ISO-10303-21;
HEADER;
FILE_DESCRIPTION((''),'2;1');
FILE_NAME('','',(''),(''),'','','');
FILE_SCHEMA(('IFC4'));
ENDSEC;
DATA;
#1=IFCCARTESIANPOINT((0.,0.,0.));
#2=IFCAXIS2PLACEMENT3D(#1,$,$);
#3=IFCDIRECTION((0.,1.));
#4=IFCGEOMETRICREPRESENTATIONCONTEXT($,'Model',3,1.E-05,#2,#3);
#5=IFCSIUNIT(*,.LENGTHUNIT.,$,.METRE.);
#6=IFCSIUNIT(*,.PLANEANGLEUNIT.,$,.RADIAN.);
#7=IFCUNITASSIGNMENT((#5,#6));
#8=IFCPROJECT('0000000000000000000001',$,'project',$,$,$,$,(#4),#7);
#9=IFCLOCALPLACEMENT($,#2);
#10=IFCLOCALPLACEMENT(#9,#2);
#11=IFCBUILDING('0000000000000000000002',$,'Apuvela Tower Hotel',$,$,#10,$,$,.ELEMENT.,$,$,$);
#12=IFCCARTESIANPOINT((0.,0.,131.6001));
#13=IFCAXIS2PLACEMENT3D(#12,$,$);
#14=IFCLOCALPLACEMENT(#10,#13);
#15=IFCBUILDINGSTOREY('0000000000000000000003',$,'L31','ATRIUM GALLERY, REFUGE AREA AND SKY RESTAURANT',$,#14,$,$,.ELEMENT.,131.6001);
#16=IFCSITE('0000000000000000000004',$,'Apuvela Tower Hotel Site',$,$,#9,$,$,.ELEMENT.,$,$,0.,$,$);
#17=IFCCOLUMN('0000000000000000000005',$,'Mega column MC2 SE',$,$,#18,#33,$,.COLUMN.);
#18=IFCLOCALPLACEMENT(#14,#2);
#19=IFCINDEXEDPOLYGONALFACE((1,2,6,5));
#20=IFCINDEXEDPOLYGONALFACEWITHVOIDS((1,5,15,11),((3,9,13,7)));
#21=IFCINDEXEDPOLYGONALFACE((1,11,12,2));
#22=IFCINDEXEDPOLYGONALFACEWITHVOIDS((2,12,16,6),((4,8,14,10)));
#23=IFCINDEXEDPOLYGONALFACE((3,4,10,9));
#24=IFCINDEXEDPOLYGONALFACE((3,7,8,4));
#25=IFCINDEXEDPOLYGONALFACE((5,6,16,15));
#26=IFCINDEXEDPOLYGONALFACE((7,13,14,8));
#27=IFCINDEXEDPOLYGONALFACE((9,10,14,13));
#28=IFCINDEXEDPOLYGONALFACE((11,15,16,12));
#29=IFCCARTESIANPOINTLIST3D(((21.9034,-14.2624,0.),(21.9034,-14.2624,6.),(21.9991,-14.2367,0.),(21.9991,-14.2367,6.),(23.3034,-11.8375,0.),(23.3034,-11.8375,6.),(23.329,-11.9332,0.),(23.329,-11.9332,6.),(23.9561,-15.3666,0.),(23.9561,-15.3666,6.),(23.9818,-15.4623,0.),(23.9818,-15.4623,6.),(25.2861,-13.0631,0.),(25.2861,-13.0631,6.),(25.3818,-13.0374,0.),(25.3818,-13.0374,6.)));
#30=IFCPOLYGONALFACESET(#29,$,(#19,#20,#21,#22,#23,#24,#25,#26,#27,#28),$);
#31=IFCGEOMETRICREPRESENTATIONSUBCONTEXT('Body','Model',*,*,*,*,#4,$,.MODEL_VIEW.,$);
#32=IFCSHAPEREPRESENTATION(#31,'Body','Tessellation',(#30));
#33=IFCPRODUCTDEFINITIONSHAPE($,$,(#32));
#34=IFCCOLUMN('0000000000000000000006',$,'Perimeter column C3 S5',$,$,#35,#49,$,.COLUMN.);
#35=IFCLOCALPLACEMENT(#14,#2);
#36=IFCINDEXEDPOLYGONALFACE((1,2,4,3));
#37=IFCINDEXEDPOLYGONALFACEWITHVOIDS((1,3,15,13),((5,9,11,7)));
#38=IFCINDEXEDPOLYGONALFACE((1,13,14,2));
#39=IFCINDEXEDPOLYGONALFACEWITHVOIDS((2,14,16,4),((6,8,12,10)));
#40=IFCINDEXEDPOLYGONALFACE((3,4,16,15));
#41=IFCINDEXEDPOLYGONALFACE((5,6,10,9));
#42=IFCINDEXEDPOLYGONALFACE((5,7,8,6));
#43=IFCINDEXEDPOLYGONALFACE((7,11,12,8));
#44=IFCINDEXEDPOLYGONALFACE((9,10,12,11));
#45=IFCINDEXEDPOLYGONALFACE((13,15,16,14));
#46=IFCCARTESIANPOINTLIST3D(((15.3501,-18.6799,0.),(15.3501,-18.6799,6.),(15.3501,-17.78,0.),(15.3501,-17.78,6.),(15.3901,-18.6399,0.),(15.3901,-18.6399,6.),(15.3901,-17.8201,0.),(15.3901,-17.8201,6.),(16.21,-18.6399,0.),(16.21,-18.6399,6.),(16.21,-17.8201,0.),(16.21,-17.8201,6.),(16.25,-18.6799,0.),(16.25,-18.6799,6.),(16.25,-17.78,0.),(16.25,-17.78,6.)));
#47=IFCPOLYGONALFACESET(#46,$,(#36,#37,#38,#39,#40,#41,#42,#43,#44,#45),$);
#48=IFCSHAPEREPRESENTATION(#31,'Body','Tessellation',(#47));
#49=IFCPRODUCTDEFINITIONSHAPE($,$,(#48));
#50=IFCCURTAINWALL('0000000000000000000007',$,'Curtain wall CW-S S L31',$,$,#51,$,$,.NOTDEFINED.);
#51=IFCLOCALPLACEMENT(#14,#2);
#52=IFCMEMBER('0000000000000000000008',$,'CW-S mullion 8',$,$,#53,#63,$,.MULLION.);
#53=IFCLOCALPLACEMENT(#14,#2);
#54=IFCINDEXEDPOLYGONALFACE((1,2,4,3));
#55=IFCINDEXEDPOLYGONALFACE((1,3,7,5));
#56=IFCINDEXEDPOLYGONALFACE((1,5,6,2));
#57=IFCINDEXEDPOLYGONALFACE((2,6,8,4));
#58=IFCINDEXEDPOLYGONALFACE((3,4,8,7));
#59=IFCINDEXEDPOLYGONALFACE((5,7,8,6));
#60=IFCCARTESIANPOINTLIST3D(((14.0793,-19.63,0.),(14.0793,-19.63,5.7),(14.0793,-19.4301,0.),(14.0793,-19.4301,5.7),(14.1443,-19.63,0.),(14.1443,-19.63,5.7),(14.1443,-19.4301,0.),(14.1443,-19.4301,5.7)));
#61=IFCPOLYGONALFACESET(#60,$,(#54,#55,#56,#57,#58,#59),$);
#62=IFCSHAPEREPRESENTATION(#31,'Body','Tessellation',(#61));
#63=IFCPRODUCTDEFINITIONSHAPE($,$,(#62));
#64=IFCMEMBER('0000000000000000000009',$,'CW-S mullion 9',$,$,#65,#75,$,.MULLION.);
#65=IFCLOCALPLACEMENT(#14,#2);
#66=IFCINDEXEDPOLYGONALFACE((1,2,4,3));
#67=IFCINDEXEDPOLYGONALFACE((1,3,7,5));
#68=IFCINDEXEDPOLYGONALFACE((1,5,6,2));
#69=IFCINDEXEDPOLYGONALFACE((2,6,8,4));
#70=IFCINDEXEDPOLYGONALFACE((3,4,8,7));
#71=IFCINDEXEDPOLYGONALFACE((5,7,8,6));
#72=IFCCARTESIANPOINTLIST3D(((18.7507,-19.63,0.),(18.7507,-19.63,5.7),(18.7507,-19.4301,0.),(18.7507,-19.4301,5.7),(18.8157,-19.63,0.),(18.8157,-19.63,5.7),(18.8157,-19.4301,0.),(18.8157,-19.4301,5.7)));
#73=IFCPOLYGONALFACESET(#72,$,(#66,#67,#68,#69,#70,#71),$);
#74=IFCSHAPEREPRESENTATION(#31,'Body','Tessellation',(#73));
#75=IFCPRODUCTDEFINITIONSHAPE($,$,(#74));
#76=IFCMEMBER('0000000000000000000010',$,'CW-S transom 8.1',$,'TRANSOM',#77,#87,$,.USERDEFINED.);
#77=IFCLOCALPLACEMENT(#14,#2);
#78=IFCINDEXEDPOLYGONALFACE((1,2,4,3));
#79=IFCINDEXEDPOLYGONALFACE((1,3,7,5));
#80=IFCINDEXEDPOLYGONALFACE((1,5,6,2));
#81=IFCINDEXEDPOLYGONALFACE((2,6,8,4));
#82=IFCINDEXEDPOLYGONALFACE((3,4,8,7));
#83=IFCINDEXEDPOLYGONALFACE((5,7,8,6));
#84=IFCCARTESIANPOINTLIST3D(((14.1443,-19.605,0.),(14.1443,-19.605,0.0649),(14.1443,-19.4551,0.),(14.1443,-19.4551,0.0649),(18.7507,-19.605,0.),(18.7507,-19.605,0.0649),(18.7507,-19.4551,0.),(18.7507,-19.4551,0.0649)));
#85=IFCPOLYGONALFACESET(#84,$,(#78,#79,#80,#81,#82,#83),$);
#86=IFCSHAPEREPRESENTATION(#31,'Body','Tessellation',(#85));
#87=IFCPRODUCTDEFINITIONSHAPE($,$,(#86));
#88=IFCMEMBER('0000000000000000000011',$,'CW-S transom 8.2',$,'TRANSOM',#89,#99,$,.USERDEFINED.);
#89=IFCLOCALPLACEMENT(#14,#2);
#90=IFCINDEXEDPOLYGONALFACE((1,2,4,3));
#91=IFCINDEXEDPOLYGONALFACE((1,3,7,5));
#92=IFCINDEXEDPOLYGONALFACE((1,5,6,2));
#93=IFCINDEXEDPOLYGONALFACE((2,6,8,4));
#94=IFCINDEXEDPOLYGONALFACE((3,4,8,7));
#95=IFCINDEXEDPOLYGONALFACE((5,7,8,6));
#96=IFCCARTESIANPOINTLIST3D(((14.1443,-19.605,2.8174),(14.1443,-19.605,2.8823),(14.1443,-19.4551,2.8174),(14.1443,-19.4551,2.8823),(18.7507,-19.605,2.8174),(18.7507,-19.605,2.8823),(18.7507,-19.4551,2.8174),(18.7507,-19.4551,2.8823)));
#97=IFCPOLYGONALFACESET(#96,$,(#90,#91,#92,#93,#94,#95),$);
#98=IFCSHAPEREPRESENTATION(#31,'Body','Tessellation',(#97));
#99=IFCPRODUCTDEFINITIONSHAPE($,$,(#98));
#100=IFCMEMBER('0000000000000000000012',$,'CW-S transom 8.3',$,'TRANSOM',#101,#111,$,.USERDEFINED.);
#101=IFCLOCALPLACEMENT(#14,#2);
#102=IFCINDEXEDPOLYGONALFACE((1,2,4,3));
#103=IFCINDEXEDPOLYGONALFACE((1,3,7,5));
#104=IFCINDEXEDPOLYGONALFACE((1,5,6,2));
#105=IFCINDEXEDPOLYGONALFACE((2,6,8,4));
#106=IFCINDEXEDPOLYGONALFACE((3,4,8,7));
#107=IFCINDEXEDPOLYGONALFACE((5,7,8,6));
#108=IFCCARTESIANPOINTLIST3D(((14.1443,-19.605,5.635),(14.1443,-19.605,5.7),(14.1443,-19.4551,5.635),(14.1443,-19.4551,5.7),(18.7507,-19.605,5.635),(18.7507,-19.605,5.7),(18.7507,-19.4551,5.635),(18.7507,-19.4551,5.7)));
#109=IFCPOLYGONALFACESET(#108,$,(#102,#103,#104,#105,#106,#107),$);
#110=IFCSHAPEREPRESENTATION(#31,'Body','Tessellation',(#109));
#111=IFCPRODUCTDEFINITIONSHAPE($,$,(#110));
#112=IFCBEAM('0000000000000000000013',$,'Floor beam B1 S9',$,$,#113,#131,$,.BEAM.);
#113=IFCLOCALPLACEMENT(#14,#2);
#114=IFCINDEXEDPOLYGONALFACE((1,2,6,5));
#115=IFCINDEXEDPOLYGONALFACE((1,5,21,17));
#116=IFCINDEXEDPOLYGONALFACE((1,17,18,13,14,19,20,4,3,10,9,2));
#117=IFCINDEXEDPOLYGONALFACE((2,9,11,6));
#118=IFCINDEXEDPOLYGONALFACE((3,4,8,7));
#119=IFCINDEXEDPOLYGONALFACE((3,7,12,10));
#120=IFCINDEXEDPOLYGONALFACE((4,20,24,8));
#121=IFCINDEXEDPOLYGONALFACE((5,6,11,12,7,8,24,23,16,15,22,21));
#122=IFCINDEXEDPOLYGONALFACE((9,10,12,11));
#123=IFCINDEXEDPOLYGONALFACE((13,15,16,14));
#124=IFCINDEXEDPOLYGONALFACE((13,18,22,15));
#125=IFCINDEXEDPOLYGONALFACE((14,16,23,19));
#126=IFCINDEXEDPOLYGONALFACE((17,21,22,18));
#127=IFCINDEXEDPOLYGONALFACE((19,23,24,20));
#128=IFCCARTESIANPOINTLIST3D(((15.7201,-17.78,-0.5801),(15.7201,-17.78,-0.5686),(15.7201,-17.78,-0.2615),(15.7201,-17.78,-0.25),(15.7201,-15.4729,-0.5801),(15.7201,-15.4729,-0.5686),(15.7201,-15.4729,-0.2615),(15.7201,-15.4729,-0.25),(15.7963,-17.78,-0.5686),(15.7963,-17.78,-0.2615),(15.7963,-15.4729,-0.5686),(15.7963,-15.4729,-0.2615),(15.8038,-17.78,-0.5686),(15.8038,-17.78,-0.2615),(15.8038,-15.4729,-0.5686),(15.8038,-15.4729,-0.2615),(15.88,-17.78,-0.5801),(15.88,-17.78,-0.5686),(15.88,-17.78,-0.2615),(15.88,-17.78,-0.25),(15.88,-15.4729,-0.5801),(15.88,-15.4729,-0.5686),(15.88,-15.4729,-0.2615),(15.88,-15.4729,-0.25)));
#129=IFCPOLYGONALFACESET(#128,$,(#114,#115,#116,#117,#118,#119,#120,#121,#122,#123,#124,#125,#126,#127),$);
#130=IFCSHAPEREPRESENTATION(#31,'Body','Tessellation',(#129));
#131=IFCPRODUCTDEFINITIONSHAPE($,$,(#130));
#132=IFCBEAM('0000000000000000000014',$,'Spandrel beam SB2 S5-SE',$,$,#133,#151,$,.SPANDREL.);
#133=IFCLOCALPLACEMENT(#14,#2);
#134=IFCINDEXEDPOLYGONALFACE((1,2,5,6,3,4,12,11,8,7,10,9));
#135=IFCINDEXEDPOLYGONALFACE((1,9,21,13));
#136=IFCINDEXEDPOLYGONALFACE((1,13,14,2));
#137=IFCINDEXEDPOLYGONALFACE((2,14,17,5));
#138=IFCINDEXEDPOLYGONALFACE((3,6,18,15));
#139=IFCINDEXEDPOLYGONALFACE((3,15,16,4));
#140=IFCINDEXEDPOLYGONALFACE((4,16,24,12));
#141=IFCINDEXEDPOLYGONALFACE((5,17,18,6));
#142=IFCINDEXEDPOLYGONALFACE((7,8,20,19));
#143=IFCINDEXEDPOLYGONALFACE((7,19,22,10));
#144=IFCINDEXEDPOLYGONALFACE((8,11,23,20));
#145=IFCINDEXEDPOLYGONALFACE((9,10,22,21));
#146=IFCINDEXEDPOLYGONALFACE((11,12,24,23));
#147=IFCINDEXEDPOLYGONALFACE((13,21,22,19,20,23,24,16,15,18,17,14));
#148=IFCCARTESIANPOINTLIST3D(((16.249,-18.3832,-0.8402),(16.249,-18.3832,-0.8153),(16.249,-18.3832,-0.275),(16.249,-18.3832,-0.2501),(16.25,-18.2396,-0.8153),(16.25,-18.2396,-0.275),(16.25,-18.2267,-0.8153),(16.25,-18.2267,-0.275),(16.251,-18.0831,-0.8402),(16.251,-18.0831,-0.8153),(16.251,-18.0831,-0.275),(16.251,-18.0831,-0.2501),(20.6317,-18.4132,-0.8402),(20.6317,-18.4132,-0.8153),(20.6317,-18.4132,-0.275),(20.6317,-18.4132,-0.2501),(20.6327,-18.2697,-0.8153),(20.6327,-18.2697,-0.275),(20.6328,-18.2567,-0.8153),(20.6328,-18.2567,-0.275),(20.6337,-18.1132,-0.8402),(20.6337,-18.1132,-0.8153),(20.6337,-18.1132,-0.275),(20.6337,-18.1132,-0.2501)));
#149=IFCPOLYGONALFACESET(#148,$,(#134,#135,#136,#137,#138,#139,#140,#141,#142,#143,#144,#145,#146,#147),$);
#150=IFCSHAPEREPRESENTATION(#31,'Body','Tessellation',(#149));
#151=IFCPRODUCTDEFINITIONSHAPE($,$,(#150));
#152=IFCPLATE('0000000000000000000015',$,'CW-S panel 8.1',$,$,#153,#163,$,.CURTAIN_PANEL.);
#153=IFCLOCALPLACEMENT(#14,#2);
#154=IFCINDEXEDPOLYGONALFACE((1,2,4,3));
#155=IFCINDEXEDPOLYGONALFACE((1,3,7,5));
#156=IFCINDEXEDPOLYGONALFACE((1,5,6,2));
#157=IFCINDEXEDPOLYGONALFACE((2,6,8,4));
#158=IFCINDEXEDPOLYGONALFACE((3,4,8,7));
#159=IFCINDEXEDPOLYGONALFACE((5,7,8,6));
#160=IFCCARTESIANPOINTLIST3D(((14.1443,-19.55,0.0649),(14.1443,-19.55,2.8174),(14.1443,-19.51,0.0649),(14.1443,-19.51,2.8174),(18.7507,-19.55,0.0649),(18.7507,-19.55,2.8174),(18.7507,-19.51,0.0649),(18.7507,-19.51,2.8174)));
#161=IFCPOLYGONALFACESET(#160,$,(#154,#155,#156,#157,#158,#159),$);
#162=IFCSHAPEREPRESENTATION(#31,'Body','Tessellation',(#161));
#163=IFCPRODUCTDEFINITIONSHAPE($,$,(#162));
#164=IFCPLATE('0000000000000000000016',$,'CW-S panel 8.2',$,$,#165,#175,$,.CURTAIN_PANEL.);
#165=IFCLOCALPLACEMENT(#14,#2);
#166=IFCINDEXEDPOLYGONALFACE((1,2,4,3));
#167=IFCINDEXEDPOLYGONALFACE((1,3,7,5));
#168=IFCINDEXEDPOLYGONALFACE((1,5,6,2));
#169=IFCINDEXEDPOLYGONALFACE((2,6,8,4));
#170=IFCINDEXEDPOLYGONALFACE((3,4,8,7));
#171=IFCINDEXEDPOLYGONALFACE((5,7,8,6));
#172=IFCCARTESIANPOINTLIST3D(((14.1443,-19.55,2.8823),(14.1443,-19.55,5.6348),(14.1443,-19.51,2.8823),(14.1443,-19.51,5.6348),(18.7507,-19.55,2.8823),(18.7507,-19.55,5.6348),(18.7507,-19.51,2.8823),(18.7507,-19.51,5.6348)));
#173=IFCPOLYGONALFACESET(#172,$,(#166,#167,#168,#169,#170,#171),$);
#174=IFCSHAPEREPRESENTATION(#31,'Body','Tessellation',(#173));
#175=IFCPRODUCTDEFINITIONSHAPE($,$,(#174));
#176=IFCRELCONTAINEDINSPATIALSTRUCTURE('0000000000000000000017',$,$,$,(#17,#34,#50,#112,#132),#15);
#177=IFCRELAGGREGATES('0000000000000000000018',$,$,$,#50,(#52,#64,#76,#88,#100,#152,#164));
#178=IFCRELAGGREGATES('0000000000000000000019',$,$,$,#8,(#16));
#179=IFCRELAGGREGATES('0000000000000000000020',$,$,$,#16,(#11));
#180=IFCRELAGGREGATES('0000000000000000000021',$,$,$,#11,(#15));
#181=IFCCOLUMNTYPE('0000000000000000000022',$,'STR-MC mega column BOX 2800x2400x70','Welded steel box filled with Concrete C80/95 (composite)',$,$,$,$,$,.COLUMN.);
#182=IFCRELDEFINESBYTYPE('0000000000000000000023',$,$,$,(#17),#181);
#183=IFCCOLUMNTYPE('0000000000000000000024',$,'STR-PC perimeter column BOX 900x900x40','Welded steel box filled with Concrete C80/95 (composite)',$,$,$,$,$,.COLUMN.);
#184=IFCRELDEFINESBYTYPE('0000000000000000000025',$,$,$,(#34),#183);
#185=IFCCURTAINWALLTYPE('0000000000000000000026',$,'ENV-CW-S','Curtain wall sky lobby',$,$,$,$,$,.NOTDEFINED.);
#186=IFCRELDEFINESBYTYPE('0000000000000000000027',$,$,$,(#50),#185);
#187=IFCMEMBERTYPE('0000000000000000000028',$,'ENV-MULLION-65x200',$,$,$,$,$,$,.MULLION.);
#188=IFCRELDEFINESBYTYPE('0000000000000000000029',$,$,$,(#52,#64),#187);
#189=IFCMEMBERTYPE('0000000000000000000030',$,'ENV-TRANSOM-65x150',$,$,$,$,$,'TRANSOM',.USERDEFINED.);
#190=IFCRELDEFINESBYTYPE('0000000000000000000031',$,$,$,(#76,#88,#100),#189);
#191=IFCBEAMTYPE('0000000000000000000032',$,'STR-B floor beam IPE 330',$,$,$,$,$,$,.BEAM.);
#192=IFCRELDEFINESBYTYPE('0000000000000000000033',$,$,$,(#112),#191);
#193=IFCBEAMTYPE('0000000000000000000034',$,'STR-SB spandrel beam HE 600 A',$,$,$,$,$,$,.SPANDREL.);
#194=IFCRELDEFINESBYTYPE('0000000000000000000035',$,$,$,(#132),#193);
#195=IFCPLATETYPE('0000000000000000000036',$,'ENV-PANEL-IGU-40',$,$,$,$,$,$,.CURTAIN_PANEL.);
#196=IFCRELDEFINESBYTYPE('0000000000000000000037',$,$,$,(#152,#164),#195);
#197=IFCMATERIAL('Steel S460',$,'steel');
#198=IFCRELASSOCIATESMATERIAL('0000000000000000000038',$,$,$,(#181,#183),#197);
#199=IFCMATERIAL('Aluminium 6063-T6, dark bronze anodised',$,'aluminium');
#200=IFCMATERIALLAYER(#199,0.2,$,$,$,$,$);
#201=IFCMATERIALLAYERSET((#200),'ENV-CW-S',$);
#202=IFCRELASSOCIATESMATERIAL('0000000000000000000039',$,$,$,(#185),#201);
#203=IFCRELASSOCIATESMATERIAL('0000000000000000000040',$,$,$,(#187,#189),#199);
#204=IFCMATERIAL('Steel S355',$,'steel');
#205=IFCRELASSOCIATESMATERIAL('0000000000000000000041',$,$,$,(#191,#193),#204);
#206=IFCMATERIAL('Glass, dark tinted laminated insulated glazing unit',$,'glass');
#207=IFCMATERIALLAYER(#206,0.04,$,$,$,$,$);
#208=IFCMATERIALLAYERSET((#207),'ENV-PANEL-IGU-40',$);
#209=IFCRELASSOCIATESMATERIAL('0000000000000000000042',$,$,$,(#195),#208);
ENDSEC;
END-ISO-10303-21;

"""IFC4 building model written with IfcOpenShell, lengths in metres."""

from ifc_helpers import new_model, si_unit, direction, frame, origin, origin_2d, place, context, subcontext, project, spatial, rectangle, hollow_rectangle, i_section, extrude, material, layer, layer_set, material_profile, profile_set, type_object, element, aggregate, save


model = new_model("IFC4")

# Units and contexts
model_context = context("Model", 3, precision=1e-05, world=origin(), true_north=direction((0.0, 1.0)))
body_context = subcontext(model_context, "Body", "Model", "MODEL_VIEW")
ifc_project = project(units=[si_unit("LENGTHUNIT", "METRE"), si_unit("PLANEANGLEUNIT", "RADIAN")], contexts=[model_context])

# Site, building, storey
site_placement = place(None, origin())
site = spatial("IfcSite", under=ifc_project, at=site_placement, Name="Apuvela Tower Hotel Site", CompositionType="ELEMENT", RefElevation=0.0)
building_placement = place(site_placement, origin())
building = spatial("IfcBuilding", under=site, at=building_placement, Name="Apuvela Tower Hotel", CompositionType="ELEMENT")
storey_placement = place(building_placement, frame((0.0, 0.0, 131.6001)))
storey = spatial("IfcBuildingStorey", under=building, at=storey_placement, Name="L31", Description="ATRIUM GALLERY, REFUGE AREA AND SKY RESTAURANT", CompositionType="ELEMENT", Elevation=131.6001)

# Columns
ifc_material_1 = material(Name="Steel S460", Category="steel")
ifc_material_profile_1 = material_profile(ifc_material_1, hollow_rectangle(XDim=2.8, YDim=2.3999, WallThickness=0.0701, at=origin_2d()), Name="BOX 2800x2400x70")
ifc_material_2 = material(Name="Concrete C80/95", Category="concrete")
ifc_material_profile_2 = material_profile(ifc_material_2, rectangle(XDim=2.6599, YDim=2.26, at=origin_2d()), Name="Concrete C80/95 infill")
ifc_profile_set_1 = profile_set([ifc_material_profile_1, ifc_material_profile_2], Name="Steel S460")
column_type_1 = type_object("IfcColumnType", Name="STR-MC mega column BOX 2800x2400x70", Description="Welded steel box filled with Concrete C80/95 (composite)", PredefinedType="COLUMN", material=ifc_profile_set_1)
column_1_placement = place(storey_placement, frame((23.6426, -13.6499, 0.0), z_axis=(0.0, 0.0, 1.0), x_axis=(0.5, 0.866025, 0.0)))
element("IfcColumn", 1, at=column_1_placement, inside=storey, type_object=column_type_1, Name="Mega column MC2 SE", PredefinedType="COLUMN", context=body_context, shape_type="SweptSolid", body=[
    extrude(hollow_rectangle(XDim=2.8, YDim=2.3999, WallThickness=0.0701, at=origin_2d()), origin(), (0.0, 0.0, 1.0), 6.0),
])
ifc_material_profile_3 = material_profile(ifc_material_1, hollow_rectangle(XDim=0.8999, YDim=0.8999, WallThickness=0.04, at=origin_2d()), Name="BOX 900x900x40")
ifc_material_profile_4 = material_profile(ifc_material_2, rectangle(XDim=0.8201, YDim=0.8201, at=origin_2d()), Name="Concrete C80/95 infill")
ifc_profile_set_2 = profile_set([ifc_material_profile_3, ifc_material_profile_4], Name="Steel S460")
column_type_2 = type_object("IfcColumnType", Name="STR-PC perimeter column BOX 900x900x40", Description="Welded steel box filled with Concrete C80/95 (composite)", PredefinedType="COLUMN", material=ifc_profile_set_2)
column_2_placement = place(storey_placement, frame((15.8, -18.23, 0.0), z_axis=(0.0, 0.0, 1.0), x_axis=(-1.0, 0.0, 0.0)))
element("IfcColumn", 2, at=column_2_placement, inside=storey, type_object=column_type_2, Name="Perimeter column C3 S5", PredefinedType="COLUMN", context=body_context, shape_type="SweptSolid", body=[
    extrude(hollow_rectangle(XDim=0.8999, YDim=0.8999, WallThickness=0.04, at=origin_2d()), origin(), (0.0, 0.0, 1.0), 6.0),
])

# Curtain wall, members
ifc_material_3 = material(Name="Aluminium 6063-T6, dark bronze anodised", Category="aluminium")
ifc_layer_1 = layer(ifc_material_3, 0.2)
ifc_layer_set_1 = layer_set([ifc_layer_1], Name="ENV-CW-S")
curtain_wall_type = type_object("IfcCurtainWallType", Name="ENV-CW-S", Description="Curtain wall sky lobby", PredefinedType="NOTDEFINED", material=ifc_layer_set_1)
curtain_wall_placement = place(storey_placement, origin())
curtain_wall = element("IfcCurtainWall", 3, at=curtain_wall_placement, inside=storey, type_object=curtain_wall_type, Name="Curtain wall CW-S S L31", PredefinedType="NOTDEFINED")
ifc_material_profile_5 = material_profile(ifc_material_3, rectangle(XDim=0.2, YDim=0.0649, at=origin_2d()), Name="AL 65x200")
ifc_profile_set_3 = profile_set([ifc_material_profile_5], Name="Aluminium 6063-T6, dark bronze anodised")
member_type_1 = type_object("IfcMemberType", Name="ENV-MULLION-65x200", PredefinedType="MULLION", material=ifc_profile_set_3)
member_1_placement = place(storey_placement, frame((14.1118, -19.53, 0.0), z_axis=(0.0, 0.0, 1.0), x_axis=(0.0, 1.0, 0.0)))
member_1 = element("IfcMember", 4, at=member_1_placement, type_object=member_type_1, Name="CW-S mullion 8", PredefinedType="MULLION", context=body_context, shape_type="SweptSolid", body=[
    extrude(rectangle(XDim=0.2, YDim=0.0649, at=origin_2d()), origin(), (0.0, 0.0, 1.0), 5.7),
])
member_2_placement = place(storey_placement, frame((18.7832, -19.53, 0.0), z_axis=(0.0, 0.0, 1.0), x_axis=(0.0, 1.0, 0.0)))
member_2 = element("IfcMember", 5, at=member_2_placement, type_object=member_type_1, Name="CW-S mullion 9", PredefinedType="MULLION", context=body_context, shape_type="SweptSolid", body=[
    extrude(rectangle(XDim=0.2, YDim=0.0649, at=origin_2d()), origin(), (0.0, 0.0, 1.0), 5.7),
])
ifc_material_profile_6 = material_profile(ifc_material_3, rectangle(XDim=0.1499, YDim=0.0649, at=origin_2d()), Name="AL 65x150 transom")
ifc_profile_set_4 = profile_set([ifc_material_profile_6], Name="Aluminium 6063-T6, dark bronze anodised")
member_type_2 = type_object("IfcMemberType", Name="ENV-TRANSOM-65x150", ElementType="TRANSOM", PredefinedType="USERDEFINED", material=ifc_profile_set_4)
member_3_placement = place(storey_placement, frame((14.1443, -19.53, 0.0325), z_axis=(1.0, 0.0, 0.0), x_axis=(0.0, 1.0, 0.0)))
member_3 = element("IfcMember", 6, at=member_3_placement, type_object=member_type_2, Name="CW-S transom 8.1", ObjectType="TRANSOM", PredefinedType="USERDEFINED", context=body_context, shape_type="SweptSolid", body=[
    extrude(rectangle(XDim=0.1499, YDim=0.0649, at=origin_2d()), origin(), (0.0, 0.0, 1.0), 4.6064),
])
member_4_placement = place(storey_placement, frame((14.1443, -19.53, 2.8499), z_axis=(1.0, 0.0, 0.0), x_axis=(0.0, 1.0, 0.0)))
member_4 = element("IfcMember", 7, at=member_4_placement, type_object=member_type_2, Name="CW-S transom 8.2", ObjectType="TRANSOM", PredefinedType="USERDEFINED", context=body_context, shape_type="SweptSolid", body=[
    extrude(rectangle(XDim=0.1499, YDim=0.0649, at=origin_2d()), origin(), (0.0, 0.0, 1.0), 4.6064),
])
member_5_placement = place(storey_placement, frame((14.1443, -19.53, 5.6675), z_axis=(1.0, 0.0, 0.0), x_axis=(0.0, 1.0, 0.0)))
member_5 = element("IfcMember", 8, at=member_5_placement, type_object=member_type_2, Name="CW-S transom 8.3", ObjectType="TRANSOM", PredefinedType="USERDEFINED", context=body_context, shape_type="SweptSolid", body=[
    extrude(rectangle(XDim=0.1499, YDim=0.0649, at=origin_2d()), origin(), (0.0, 0.0, 1.0), 4.6064),
])

# Beams
ifc_material_4 = material(Name="Steel S355", Category="steel")
ifc_material_profile_7 = material_profile(ifc_material_4, i_section(OverallWidth=0.1599, OverallDepth=0.3301, WebThickness=0.0076, FlangeThickness=0.0115, at=origin_2d()), Name="IPE 330")
ifc_profile_set_5 = profile_set([ifc_material_profile_7], Name="Steel S355")
beam_type_1 = type_object("IfcBeamType", Name="STR-B floor beam IPE 330", PredefinedType="BEAM", material=ifc_profile_set_5)
beam_1_placement = place(storey_placement, frame((15.8, -17.78, -0.415), z_axis=(0.0, 1.0, 0.0), x_axis=(-1.0, 0.0, 0.0)))
element("IfcBeam", 9, at=beam_1_placement, inside=storey, type_object=beam_type_1, Name="Floor beam B1 S9", PredefinedType="BEAM", context=body_context, shape_type="SweptSolid", body=[
    extrude(i_section(OverallWidth=0.1599, OverallDepth=0.3301, WebThickness=0.0076, FlangeThickness=0.0115, at=origin_2d()), origin(), (0.0, 0.0, 1.0), 2.3071),
])
ifc_material_profile_8 = material_profile(ifc_material_4, i_section(OverallWidth=0.3, OverallDepth=0.5901, WebThickness=0.0129, FlangeThickness=0.0249, at=origin_2d()), Name="HE 600 A")
ifc_profile_set_6 = profile_set([ifc_material_profile_8], Name="Steel S355")
beam_type_2 = type_object("IfcBeamType", Name="STR-SB spandrel beam HE 600 A", PredefinedType="SPANDREL", material=ifc_profile_set_6)
beam_2_placement = place(storey_placement, frame((16.25, -18.2332, -0.5452), z_axis=(0.999977, -0.006851, 0.0), x_axis=(0.006851, 0.999977, 0.0)))
element("IfcBeam", 10, at=beam_2_placement, inside=storey, type_object=beam_type_2, Name="Spandrel beam SB2 S5-SE", PredefinedType="SPANDREL", context=body_context, shape_type="SweptSolid", body=[
    extrude(i_section(OverallWidth=0.3, OverallDepth=0.5901, WebThickness=0.0129, FlangeThickness=0.0249, at=origin_2d()), origin(), (0.0, 0.0, 1.0), 4.3828),
])

# Plates
ifc_material_5 = material(Name="Glass, dark tinted laminated insulated glazing unit", Category="glass")
ifc_layer_2 = layer(ifc_material_5, 0.04)
ifc_layer_set_2 = layer_set([ifc_layer_2], Name="ENV-PANEL-IGU-40")
plate_type = type_object("IfcPlateType", Name="ENV-PANEL-IGU-40", PredefinedType="CURTAIN_PANEL", material=ifc_layer_set_2)
plate_1_placement = place(storey_placement, frame((16.4475, -19.53, 0.0649), z_axis=(0.0, 0.0, 1.0), x_axis=(1.0, 0.0, 0.0)))
plate_1 = element("IfcPlate", 11, at=plate_1_placement, type_object=plate_type, Name="CW-S panel 8.1", PredefinedType="CURTAIN_PANEL", context=body_context, shape_type="SweptSolid", body=[
    extrude(rectangle(XDim=4.6064, YDim=0.04, at=origin_2d()), origin(), (0.0, 0.0, 1.0), 2.7524),
])
plate_2_placement = place(storey_placement, frame((16.4475, -19.53, 2.8823), z_axis=(0.0, 0.0, 1.0), x_axis=(1.0, 0.0, 0.0)))
plate_2 = element("IfcPlate", 12, at=plate_2_placement, type_object=plate_type, Name="CW-S panel 8.2", PredefinedType="CURTAIN_PANEL", context=body_context, shape_type="SweptSolid", body=[
    extrude(rectangle(XDim=4.6064, YDim=0.04, at=origin_2d()), origin(), (0.0, 0.0, 1.0), 2.7524),
])
aggregate(curtain_wall, [member_1, member_2, member_3, member_4, member_5, plate_1, plate_2])

save(model, "model.ifc")
